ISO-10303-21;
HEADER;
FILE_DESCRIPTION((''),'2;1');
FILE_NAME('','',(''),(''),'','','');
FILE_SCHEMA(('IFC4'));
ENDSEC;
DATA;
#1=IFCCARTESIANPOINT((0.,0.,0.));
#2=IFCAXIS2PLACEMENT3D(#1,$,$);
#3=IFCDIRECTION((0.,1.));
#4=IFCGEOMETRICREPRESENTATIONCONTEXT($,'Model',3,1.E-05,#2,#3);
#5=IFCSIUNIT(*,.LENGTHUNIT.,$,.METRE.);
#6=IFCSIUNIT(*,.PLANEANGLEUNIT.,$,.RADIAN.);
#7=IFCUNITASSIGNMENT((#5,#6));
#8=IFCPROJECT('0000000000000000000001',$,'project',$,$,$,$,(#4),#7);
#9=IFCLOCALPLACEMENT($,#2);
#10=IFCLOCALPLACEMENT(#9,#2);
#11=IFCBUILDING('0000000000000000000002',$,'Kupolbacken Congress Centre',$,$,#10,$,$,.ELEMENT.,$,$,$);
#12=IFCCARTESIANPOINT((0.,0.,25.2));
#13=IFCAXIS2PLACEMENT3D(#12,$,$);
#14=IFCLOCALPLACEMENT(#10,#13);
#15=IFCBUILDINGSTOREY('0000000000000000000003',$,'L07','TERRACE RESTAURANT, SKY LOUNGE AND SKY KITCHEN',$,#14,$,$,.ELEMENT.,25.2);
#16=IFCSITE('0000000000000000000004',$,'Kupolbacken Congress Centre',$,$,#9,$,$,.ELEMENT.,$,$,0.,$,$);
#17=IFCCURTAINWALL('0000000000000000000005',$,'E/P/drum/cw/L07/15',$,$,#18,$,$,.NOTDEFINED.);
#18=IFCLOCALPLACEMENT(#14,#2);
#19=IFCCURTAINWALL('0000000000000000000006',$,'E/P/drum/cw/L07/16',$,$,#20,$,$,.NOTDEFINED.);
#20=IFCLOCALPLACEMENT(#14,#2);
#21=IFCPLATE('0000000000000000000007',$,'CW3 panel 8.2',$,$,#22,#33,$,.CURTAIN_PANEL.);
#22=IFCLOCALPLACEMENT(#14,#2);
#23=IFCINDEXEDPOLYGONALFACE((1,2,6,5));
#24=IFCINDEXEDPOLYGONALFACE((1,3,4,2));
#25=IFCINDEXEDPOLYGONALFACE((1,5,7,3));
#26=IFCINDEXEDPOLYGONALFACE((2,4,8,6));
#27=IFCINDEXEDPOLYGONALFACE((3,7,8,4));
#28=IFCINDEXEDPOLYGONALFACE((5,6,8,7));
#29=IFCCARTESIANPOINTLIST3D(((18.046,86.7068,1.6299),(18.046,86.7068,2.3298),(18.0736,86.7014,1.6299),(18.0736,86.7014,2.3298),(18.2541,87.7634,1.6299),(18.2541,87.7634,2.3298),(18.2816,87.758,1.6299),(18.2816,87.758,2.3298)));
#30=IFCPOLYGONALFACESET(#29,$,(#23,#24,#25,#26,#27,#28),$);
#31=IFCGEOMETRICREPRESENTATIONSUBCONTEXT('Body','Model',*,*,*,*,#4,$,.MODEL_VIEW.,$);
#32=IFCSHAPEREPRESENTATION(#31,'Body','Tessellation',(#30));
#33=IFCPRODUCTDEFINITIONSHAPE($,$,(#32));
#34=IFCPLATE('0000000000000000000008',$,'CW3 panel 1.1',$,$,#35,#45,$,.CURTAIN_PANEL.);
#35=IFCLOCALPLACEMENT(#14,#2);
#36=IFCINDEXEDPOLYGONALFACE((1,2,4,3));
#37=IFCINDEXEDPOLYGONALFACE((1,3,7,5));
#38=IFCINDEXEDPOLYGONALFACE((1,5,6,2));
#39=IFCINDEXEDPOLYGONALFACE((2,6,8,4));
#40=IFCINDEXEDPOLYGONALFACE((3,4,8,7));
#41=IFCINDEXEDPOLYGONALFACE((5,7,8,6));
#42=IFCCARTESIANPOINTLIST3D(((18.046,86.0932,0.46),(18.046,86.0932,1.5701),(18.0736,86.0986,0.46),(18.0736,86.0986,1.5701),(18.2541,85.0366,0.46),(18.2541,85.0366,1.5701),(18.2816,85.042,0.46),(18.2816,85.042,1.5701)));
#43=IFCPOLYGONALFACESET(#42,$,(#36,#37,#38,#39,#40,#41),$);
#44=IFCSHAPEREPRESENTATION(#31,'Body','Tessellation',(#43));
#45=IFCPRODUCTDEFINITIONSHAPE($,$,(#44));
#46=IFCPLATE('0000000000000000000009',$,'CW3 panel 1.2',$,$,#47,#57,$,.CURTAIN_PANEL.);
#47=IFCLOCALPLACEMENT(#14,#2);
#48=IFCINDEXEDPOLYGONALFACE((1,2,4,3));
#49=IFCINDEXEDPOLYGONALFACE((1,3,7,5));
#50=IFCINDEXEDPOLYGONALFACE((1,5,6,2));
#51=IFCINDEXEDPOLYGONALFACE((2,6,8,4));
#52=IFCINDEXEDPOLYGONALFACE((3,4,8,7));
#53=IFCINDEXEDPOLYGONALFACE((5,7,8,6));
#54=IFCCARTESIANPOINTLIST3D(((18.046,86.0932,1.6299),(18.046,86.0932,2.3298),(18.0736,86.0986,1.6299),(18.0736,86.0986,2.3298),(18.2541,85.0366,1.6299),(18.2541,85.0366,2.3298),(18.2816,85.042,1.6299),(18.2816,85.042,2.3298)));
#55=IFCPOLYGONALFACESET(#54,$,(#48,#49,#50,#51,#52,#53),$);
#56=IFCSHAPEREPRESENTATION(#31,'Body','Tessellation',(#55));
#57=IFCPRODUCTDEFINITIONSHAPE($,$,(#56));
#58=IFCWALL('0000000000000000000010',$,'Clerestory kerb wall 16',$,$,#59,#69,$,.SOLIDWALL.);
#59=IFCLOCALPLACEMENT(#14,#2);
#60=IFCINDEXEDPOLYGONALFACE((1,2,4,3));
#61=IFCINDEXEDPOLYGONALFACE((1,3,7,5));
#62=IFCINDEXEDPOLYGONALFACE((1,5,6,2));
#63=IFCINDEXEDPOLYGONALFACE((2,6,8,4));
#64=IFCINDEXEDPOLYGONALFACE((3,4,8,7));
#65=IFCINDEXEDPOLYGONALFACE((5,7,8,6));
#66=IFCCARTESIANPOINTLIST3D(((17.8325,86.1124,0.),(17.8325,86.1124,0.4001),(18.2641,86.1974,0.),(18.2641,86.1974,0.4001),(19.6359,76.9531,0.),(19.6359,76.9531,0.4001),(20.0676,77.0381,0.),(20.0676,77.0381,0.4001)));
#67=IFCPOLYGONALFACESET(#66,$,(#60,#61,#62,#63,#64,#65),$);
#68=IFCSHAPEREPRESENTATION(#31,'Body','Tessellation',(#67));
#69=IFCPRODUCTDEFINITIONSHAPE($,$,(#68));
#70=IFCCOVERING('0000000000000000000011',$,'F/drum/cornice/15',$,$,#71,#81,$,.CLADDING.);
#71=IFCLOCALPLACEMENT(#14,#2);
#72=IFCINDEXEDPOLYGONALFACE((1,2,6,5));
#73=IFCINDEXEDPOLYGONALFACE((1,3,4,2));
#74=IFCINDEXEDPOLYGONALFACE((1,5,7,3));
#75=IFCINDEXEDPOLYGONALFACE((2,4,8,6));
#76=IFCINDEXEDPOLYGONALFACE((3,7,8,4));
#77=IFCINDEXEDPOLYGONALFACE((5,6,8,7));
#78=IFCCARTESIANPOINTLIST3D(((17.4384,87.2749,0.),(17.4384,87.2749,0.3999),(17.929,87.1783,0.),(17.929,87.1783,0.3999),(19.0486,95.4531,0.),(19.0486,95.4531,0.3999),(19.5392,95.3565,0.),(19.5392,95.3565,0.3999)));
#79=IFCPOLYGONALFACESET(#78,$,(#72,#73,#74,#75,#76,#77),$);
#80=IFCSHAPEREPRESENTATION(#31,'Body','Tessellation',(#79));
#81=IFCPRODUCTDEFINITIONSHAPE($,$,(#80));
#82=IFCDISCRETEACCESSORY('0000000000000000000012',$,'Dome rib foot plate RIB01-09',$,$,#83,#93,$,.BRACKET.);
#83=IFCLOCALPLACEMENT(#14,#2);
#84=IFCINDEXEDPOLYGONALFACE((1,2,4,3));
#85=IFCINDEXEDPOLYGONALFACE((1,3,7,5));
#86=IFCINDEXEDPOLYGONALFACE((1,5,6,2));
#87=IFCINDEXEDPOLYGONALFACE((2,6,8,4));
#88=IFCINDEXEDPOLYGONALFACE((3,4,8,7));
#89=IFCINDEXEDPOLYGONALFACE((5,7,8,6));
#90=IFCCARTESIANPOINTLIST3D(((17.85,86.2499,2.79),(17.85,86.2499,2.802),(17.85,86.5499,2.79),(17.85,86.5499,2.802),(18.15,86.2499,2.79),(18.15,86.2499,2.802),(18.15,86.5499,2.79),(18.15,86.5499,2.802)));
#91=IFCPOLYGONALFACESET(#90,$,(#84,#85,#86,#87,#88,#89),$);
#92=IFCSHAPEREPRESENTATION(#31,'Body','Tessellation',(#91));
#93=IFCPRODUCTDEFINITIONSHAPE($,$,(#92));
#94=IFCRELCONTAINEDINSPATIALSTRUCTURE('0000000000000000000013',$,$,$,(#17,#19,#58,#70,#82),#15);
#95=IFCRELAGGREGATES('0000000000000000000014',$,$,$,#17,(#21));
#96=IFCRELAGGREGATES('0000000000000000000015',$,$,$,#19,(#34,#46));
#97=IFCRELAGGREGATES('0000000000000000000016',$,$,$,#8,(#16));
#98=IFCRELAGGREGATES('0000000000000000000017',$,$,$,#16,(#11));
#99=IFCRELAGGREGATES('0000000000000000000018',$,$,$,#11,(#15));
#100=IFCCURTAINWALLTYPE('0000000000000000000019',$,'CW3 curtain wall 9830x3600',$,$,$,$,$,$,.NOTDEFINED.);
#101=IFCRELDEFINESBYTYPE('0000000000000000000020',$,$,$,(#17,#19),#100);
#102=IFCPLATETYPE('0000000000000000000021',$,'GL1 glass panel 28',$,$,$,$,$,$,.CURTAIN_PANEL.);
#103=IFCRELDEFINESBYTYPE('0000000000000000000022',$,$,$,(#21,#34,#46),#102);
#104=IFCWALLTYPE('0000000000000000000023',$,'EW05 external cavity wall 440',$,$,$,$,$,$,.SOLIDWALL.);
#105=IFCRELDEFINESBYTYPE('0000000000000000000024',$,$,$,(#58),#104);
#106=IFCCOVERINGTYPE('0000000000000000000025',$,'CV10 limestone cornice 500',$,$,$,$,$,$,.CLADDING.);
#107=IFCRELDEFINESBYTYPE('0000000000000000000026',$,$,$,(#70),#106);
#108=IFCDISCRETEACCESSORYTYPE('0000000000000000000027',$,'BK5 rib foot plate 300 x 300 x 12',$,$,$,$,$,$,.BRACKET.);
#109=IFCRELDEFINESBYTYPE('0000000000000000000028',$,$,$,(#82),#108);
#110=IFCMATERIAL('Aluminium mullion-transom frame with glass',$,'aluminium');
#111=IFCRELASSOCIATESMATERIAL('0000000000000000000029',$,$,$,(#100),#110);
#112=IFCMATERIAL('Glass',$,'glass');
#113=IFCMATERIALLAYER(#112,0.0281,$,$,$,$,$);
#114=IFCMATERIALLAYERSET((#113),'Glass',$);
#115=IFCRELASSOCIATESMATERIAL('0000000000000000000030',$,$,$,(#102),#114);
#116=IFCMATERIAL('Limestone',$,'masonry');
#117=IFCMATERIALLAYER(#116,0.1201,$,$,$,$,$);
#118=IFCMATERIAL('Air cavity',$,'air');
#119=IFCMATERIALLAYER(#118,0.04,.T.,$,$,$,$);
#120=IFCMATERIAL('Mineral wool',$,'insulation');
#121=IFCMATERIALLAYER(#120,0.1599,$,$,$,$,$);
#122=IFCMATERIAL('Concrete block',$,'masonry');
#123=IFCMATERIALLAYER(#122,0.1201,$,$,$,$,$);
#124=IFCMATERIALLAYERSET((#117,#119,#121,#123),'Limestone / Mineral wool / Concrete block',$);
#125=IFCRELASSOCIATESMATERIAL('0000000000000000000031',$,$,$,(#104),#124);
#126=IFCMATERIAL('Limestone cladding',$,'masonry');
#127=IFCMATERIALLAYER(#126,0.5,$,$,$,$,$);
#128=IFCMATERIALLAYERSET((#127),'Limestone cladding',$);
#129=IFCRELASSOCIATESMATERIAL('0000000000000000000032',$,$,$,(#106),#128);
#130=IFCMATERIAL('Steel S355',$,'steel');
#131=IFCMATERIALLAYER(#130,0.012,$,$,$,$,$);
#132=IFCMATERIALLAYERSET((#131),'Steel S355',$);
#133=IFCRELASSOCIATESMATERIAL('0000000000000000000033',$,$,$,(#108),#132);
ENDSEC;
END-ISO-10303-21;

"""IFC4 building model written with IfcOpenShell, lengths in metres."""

from ifc_helpers import new_model, si_unit, direction, frame, frame_2d, origin, origin_2d, place, context, subcontext, project, spatial, rectangle, extrude, material, layer, layer_set, type_object, element, aggregate, save


model = new_model("IFC4")

# Units and contexts
model_context = context("Model", 3, precision=1e-05, world=origin(), true_north=direction((0.0, 1.0)))
body_context = subcontext(model_context, "Body", "Model", "MODEL_VIEW")
ifc_project = project(units=[si_unit("LENGTHUNIT", "METRE"), si_unit("PLANEANGLEUNIT", "RADIAN")], contexts=[model_context])

# Site, building, storey
site_placement = place(None, origin())
site = spatial("IfcSite", under=ifc_project, at=site_placement, Name="Kupolbacken Congress Centre", CompositionType="ELEMENT", RefElevation=0.0)
building_placement = place(site_placement, origin())
building = spatial("IfcBuilding", under=site, at=building_placement, Name="Kupolbacken Congress Centre", CompositionType="ELEMENT")
storey_placement = place(building_placement, frame((0.0, 0.0, 25.2)))
storey = spatial("IfcBuildingStorey", under=building, at=storey_placement, Name="L07", Description="TERRACE RESTAURANT, SKY LOUNGE AND SKY KITCHEN", CompositionType="ELEMENT", Elevation=25.2)

# Curtain walls
ifc_material_1 = material(Name="Aluminium mullion-transom frame with glass", Category="aluminium")
curtain_wall_type = type_object("IfcCurtainWallType", Name="CW3 curtain wall 9830x3600", PredefinedType="NOTDEFINED", material=ifc_material_1)
curtain_wall_1_placement = place(storey_placement, origin())
curtain_wall_1 = element("IfcCurtainWall", 1, at=curtain_wall_1_placement, inside=storey, type_object=curtain_wall_type, Name="E/P/drum/cw/L07/15", PredefinedType="NOTDEFINED")
curtain_wall_2_placement = place(storey_placement, origin())
curtain_wall_2 = element("IfcCurtainWall", 2, at=curtain_wall_2_placement, inside=storey, type_object=curtain_wall_type, Name="E/P/drum/cw/L07/16", PredefinedType="NOTDEFINED")

# Plates
ifc_material_2 = material(Name="Glass", Category="glass")
ifc_layer_1 = layer(ifc_material_2, 0.0281)
ifc_layer_set_1 = layer_set([ifc_layer_1], Name="Glass")
plate_type = type_object("IfcPlateType", Name="GL1 glass panel 28", PredefinedType="CURTAIN_PANEL", material=ifc_layer_set_1)
plate_1_placement = place(storey_placement, frame((18.1638, 87.2324, 1.6299), z_axis=(0.0, 0.0, 1.0), x_axis=(-0.193182, -0.981163, 0.0)))
plate_1 = element("IfcPlate", 3, at=plate_1_placement, type_object=plate_type, Name="CW3 panel 8.2", PredefinedType="CURTAIN_PANEL", context=body_context, shape_type="SweptSolid", body=[
    extrude(rectangle(XDim=1.0769, YDim=0.0281, at=origin_2d()), origin(), (0.0, 0.0, 1.0), 0.7),
])
aggregate(curtain_wall_1, [plate_1])
plate_2_placement = place(storey_placement, frame((18.1638, 85.5676, 0.46), z_axis=(0.0, 0.0, 1.0), x_axis=(0.193182, -0.981163, 0.0)))
plate_2 = element("IfcPlate", 4, at=plate_2_placement, type_object=plate_type, Name="CW3 panel 1.1", PredefinedType="CURTAIN_PANEL", context=body_context, shape_type="SweptSolid", body=[
    extrude(rectangle(XDim=1.0769, YDim=0.0281, at=origin_2d()), origin(), (0.0, 0.0, 1.0), 1.1101),
])
plate_3_placement = place(storey_placement, frame((18.1638, 85.5676, 1.6299), z_axis=(0.0, 0.0, 1.0), x_axis=(0.193182, -0.981163, 0.0)))
plate_3 = element("IfcPlate", 5, at=plate_3_placement, type_object=plate_type, Name="CW3 panel 1.2", PredefinedType="CURTAIN_PANEL", context=body_context, shape_type="SweptSolid", body=[
    extrude(rectangle(XDim=1.0769, YDim=0.0281, at=origin_2d()), origin(), (0.0, 0.0, 1.0), 0.7),
])
aggregate(curtain_wall_2, [plate_2, plate_3])

# Wall
ifc_material_3 = material(Name="Limestone", Category="masonry")
ifc_layer_2 = layer(ifc_material_3, 0.1201)
ifc_material_4 = material(Name="Air cavity", Category="air")
ifc_layer_3 = layer(ifc_material_4, 0.04, ventilated=True)
ifc_material_5 = material(Name="Mineral wool", Category="insulation")
ifc_layer_4 = layer(ifc_material_5, 0.1599)
ifc_material_6 = material(Name="Concrete block", Category="masonry")
ifc_layer_5 = layer(ifc_material_6, 0.1201)
ifc_layer_set_2 = layer_set([ifc_layer_2, ifc_layer_3, ifc_layer_4, ifc_layer_5], Name="Limestone / Mineral wool / Concrete block")
wall_type = type_object("IfcWallType", Name="EW05 external cavity wall 440", PredefinedType="SOLIDWALL", material=ifc_layer_set_2)
wall_placement = place(storey_placement, frame((18.0483, 86.1548, 0.0), z_axis=(0.0, 0.0, 1.0), x_axis=(0.193188, -0.981162, 0.0)))
element("IfcWall", 6, at=wall_placement, inside=storey, type_object=wall_type, Name="Clerestory kerb wall 16", PredefinedType="SOLIDWALL", context=body_context, shape_type="SweptSolid", body=[
    extrude(rectangle(XDim=9.3352, YDim=0.4399, at=frame_2d((4.6675, 0.0))), origin(), (0.0, 0.0, 1.0), 0.4001),
])

# Covering
ifc_material_7 = material(Name="Limestone cladding", Category="masonry")
ifc_layer_6 = layer(ifc_material_7, 0.5)
ifc_layer_set_3 = layer_set([ifc_layer_6], Name="Limestone cladding")
covering_type = type_object("IfcCoveringType", Name="CV10 limestone cornice 500", PredefinedType="CLADDING", material=ifc_layer_set_3)
covering_placement = place(storey_placement, frame((18.4888, 91.3157, 0.0), z_axis=(0.0, 0.0, 1.0), x_axis=(-0.193182, -0.981163, 0.0)))
element("IfcCovering", 7, at=covering_placement, inside=storey, type_object=covering_type, Name="F/drum/cornice/15", PredefinedType="CLADDING", context=body_context, shape_type="SweptSolid", body=[
    extrude(rectangle(XDim=8.3352, YDim=0.5, at=origin_2d()), origin(), (0.0, 0.0, 1.0), 0.3999),
])

# Discrete accessory
ifc_material_8 = material(Name="Steel S355", Category="steel")
ifc_layer_7 = layer(ifc_material_8, 0.012)
ifc_layer_set_4 = layer_set([ifc_layer_7], Name="Steel S355")
discrete_accessory_type = type_object("IfcDiscreteAccessoryType", Name="BK5 rib foot plate 300 x 300 x 12", PredefinedType="BRACKET", material=ifc_layer_set_4)
discrete_accessory_placement = place(storey_placement, frame((18.0, 86.3999, 2.79), z_axis=(0.0, 0.0, 1.0), x_axis=(1.0, 0.0, 0.0)))
element("IfcDiscreteAccessory", 8, at=discrete_accessory_placement, inside=storey, type_object=discrete_accessory_type, Name="Dome rib foot plate RIB01-09", PredefinedType="BRACKET", context=body_context, shape_type="SweptSolid", body=[
    extrude(rectangle(XDim=0.3, YDim=0.3, at=origin_2d()), origin(), (0.0, 0.0, 1.0), 0.012),
])

save(model, "model.ifc")
